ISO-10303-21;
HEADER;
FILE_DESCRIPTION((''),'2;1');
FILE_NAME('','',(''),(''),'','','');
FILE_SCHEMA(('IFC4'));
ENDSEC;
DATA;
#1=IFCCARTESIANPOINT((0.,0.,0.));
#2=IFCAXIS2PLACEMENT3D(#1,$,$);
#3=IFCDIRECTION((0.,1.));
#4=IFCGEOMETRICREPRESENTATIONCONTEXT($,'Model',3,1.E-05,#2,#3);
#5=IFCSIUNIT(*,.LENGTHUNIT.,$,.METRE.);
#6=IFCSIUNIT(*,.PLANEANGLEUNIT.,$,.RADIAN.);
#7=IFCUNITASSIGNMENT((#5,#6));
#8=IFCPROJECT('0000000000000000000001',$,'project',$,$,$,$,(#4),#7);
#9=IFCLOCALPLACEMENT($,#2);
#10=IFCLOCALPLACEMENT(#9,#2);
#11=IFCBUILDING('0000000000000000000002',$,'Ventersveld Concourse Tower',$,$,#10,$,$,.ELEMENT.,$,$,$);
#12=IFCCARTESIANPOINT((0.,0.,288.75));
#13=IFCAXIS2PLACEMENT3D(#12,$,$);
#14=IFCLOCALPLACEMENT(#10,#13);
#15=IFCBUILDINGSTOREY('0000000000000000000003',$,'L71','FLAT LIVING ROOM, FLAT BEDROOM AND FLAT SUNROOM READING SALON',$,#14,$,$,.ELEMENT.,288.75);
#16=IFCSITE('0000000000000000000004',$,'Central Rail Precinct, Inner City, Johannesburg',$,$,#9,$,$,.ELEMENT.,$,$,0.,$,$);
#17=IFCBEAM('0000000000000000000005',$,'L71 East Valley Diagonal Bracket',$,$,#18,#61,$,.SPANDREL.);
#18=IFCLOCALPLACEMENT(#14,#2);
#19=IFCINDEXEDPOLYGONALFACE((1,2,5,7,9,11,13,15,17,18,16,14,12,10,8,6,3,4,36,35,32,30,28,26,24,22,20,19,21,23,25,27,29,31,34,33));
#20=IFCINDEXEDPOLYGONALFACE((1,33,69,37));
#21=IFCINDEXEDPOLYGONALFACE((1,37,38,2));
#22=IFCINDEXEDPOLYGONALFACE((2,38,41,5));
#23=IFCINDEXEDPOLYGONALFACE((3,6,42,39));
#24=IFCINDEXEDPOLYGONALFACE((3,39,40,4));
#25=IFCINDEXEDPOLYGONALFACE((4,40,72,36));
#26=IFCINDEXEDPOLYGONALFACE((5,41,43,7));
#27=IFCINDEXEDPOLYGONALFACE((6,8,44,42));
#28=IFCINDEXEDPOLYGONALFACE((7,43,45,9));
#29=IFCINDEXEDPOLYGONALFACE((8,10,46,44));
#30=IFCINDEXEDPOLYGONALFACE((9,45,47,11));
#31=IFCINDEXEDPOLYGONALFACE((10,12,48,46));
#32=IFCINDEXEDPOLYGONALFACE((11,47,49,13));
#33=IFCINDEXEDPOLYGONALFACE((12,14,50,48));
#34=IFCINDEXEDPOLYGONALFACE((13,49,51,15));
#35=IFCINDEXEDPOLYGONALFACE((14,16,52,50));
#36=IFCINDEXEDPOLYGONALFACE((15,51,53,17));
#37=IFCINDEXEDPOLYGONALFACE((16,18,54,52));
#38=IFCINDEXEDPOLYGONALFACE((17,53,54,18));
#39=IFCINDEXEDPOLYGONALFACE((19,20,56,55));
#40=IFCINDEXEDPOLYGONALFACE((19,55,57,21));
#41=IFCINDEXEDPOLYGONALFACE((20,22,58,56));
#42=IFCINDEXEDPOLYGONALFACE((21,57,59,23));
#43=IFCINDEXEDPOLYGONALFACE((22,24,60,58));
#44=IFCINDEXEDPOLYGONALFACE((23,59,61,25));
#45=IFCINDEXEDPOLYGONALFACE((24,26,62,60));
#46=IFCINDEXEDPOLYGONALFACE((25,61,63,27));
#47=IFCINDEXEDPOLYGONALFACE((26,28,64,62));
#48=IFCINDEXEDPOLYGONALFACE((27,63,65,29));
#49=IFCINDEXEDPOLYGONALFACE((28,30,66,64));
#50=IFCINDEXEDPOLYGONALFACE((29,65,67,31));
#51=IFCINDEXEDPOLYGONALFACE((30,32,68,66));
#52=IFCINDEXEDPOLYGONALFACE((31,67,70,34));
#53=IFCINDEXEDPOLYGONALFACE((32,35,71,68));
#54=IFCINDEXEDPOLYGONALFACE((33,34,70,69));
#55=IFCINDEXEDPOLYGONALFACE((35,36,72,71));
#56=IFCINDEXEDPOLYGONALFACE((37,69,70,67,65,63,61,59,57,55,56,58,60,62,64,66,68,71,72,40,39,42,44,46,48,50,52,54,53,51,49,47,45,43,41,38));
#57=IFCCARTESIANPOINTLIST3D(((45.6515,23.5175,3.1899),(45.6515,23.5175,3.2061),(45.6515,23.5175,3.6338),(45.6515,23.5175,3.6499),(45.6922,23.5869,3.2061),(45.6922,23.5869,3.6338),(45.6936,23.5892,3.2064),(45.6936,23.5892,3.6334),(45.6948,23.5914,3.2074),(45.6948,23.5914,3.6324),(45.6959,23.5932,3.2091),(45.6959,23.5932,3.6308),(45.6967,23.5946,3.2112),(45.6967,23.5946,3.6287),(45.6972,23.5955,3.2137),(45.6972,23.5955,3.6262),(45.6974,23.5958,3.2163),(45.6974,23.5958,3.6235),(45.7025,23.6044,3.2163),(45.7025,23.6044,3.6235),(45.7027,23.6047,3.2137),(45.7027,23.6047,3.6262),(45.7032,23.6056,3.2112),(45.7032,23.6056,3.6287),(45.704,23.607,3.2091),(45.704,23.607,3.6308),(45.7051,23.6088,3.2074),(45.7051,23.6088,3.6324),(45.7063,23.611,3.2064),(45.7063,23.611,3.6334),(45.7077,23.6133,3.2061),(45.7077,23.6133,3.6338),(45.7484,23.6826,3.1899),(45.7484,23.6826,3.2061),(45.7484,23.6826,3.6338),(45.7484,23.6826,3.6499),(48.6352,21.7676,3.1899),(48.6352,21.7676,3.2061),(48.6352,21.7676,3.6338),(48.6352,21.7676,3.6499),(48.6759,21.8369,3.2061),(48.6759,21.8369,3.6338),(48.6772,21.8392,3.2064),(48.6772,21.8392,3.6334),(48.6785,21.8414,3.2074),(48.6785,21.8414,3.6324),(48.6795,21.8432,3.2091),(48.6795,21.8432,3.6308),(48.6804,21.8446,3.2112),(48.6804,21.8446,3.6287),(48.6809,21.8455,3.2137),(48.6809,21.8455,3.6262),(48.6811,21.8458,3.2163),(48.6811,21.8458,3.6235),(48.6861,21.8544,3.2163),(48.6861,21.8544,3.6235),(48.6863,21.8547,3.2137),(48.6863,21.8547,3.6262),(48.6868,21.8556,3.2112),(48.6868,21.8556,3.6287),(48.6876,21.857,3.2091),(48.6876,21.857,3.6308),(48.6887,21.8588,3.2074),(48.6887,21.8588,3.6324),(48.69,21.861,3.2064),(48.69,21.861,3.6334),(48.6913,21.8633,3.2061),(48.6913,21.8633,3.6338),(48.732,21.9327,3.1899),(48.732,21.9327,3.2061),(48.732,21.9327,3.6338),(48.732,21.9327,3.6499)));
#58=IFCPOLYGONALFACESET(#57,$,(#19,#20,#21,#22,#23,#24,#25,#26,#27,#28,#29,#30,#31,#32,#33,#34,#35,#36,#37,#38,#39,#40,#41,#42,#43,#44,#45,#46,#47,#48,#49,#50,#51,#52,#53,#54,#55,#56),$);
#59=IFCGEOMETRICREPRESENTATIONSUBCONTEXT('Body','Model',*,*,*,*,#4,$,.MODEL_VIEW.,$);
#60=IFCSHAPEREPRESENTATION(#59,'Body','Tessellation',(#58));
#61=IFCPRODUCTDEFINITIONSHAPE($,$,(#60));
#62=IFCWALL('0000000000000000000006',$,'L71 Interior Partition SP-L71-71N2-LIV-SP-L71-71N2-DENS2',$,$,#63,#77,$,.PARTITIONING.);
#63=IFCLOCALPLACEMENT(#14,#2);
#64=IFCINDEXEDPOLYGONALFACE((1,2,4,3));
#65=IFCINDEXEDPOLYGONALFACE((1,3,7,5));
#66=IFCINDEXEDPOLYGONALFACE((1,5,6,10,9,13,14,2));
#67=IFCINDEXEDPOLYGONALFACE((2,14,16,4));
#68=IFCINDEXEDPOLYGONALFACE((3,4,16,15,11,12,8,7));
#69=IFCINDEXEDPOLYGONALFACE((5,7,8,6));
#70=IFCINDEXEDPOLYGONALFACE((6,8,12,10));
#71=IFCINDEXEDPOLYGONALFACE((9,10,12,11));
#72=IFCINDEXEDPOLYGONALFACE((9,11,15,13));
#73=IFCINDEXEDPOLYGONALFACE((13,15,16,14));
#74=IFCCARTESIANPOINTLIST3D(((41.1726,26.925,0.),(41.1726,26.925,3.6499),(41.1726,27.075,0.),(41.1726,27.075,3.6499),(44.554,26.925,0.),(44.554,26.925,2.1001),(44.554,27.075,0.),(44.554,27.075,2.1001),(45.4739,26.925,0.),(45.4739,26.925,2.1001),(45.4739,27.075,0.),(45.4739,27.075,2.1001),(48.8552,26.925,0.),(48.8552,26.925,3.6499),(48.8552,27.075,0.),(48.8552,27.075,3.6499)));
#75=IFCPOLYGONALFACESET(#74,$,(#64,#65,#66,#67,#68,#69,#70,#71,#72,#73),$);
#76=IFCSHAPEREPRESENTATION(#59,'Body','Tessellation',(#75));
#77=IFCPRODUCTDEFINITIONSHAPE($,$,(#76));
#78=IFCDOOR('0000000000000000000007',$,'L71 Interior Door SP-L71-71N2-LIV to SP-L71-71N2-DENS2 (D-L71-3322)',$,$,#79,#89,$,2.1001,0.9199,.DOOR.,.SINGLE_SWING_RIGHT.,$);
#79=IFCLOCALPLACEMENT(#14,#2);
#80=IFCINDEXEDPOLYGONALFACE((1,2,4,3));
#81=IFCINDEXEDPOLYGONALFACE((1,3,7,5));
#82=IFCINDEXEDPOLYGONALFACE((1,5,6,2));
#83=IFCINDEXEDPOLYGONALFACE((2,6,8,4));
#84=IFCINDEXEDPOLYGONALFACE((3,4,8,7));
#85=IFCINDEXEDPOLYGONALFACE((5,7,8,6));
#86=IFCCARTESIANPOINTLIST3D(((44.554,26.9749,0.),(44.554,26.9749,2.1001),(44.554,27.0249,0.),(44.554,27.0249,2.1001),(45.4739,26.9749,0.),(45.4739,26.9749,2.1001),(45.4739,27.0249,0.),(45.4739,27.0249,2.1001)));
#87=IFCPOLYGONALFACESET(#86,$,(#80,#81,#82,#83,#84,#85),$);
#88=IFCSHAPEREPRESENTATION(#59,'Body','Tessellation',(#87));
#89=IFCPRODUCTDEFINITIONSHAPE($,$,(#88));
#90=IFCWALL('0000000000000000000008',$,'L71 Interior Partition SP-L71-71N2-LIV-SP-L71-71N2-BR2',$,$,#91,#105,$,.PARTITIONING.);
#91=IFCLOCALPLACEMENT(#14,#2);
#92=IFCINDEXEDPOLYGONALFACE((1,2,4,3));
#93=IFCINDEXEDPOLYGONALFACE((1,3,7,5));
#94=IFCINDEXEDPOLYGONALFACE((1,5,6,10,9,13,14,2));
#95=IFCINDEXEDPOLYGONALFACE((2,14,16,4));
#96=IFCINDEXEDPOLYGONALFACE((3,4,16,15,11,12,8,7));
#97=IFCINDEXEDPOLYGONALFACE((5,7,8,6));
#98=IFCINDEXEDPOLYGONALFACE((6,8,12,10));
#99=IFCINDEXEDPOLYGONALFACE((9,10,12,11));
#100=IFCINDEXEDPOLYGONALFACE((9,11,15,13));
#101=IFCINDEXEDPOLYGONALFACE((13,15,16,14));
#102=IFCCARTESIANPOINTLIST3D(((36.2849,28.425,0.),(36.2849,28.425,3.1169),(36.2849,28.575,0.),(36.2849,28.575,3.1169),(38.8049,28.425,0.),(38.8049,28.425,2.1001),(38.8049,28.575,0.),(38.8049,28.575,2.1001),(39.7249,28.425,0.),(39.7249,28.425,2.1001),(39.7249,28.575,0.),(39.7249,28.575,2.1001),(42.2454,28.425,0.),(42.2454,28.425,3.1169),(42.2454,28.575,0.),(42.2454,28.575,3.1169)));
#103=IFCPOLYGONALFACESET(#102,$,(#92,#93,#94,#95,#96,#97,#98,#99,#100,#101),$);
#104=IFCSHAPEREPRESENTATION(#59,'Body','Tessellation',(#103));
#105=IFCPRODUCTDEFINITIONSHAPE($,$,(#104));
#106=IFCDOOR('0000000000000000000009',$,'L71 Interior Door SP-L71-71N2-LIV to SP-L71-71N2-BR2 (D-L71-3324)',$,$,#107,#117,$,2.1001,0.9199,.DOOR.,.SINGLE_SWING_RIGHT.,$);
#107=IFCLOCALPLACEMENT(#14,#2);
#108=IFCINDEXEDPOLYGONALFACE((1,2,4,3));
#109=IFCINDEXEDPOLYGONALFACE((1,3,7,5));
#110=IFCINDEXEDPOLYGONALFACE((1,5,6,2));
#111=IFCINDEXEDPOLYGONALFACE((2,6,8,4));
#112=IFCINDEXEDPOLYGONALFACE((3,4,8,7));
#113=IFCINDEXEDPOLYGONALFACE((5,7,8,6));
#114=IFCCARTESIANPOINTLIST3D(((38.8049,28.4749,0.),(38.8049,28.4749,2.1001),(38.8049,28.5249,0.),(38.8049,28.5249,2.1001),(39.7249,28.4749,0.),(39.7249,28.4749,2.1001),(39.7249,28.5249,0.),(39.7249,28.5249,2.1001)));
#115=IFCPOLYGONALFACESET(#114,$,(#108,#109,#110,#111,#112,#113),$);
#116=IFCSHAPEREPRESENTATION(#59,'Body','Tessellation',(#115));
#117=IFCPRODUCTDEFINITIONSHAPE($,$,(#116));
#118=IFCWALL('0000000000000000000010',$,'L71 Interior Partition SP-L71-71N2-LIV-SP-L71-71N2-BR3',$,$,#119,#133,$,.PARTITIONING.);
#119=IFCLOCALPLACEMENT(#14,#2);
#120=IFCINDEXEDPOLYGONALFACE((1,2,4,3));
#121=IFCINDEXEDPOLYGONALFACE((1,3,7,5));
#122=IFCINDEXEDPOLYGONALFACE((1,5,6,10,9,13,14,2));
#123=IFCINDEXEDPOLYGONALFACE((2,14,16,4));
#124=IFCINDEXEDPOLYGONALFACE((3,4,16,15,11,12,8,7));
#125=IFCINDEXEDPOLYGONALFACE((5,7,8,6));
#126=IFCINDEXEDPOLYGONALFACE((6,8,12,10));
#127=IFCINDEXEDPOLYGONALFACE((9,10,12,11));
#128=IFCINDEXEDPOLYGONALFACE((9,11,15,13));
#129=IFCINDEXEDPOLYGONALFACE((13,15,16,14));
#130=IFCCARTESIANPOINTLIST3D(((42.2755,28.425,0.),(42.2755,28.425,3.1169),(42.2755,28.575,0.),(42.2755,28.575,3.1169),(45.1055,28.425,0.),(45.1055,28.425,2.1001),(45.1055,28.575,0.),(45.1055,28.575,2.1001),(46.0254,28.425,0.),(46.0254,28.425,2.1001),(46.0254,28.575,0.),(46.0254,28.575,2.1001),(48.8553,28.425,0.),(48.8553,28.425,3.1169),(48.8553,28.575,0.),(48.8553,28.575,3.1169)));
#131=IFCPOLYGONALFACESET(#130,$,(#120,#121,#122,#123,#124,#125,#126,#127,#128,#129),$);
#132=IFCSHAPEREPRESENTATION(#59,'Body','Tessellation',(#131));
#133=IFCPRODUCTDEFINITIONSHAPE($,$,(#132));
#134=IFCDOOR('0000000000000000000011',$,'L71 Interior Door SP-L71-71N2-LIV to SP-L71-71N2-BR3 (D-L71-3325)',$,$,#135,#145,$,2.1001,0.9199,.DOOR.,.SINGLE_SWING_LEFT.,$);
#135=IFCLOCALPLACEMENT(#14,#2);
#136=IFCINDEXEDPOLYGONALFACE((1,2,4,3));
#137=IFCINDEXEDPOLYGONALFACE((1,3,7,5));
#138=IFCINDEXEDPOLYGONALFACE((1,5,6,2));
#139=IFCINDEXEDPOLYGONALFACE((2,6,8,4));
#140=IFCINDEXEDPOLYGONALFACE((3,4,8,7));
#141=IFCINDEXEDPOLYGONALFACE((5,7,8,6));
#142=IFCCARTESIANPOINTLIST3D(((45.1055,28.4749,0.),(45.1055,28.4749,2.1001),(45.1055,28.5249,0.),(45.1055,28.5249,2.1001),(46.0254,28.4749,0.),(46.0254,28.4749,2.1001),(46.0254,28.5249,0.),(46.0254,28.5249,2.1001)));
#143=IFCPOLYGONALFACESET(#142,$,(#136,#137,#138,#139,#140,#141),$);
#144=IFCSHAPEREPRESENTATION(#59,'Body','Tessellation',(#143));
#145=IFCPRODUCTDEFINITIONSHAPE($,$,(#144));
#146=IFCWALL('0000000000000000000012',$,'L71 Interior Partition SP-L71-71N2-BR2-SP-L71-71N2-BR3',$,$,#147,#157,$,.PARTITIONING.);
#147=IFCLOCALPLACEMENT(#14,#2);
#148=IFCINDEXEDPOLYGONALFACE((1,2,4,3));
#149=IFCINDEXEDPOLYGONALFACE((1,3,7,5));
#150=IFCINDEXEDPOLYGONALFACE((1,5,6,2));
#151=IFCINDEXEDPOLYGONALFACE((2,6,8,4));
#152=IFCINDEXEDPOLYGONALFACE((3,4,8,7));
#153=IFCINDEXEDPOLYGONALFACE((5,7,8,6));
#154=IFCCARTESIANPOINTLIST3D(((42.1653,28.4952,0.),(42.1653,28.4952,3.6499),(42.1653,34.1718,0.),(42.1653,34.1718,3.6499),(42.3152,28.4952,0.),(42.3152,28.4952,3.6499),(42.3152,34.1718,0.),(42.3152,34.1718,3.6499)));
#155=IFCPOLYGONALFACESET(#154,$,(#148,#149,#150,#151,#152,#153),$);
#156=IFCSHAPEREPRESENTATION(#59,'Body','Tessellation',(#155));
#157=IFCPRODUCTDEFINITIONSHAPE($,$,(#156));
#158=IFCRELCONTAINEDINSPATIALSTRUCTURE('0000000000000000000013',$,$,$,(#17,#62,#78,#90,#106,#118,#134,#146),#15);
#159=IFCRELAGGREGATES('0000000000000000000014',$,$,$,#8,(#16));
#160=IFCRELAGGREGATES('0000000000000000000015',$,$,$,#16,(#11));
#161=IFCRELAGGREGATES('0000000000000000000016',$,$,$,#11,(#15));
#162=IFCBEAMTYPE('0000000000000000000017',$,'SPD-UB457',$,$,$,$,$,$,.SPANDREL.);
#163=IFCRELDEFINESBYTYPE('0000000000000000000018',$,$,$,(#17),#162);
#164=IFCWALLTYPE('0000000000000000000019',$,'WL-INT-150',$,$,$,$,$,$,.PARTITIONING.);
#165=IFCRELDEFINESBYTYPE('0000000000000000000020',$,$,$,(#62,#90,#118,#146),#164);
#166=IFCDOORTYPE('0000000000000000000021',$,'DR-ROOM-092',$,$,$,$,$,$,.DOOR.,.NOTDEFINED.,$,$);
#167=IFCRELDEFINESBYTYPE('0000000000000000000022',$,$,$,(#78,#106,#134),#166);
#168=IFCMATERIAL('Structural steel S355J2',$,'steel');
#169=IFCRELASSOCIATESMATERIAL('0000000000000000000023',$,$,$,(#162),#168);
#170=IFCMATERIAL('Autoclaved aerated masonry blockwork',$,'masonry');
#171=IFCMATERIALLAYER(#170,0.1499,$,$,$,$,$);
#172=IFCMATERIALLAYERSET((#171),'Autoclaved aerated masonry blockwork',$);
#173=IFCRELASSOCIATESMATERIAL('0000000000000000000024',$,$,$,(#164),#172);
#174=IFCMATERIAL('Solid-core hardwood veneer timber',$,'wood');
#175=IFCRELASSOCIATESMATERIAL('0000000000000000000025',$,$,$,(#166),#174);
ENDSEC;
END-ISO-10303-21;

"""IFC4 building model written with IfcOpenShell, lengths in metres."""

from ifc_helpers import new_model, si_unit, direction, frame, frame_2d, origin, origin_2d, place, context, subcontext, project, spatial, rectangle, i_section, extrude, material, layer, layer_set, material_profile, profile_set, type_object, element, fill, save


model = new_model("IFC4")

# Units and contexts
model_context = context("Model", 3, precision=1e-05, world=origin(), true_north=direction((0.0, 1.0)))
body_context = subcontext(model_context, "Body", "Model", "MODEL_VIEW")
ifc_project = project(units=[si_unit("LENGTHUNIT", "METRE"), si_unit("PLANEANGLEUNIT", "RADIAN")], contexts=[model_context])

# Site, building, storey
site_placement = place(None, origin())
site = spatial("IfcSite", under=ifc_project, at=site_placement, Name="Central Rail Precinct, Inner City, Johannesburg", CompositionType="ELEMENT", RefElevation=0.0)
building_placement = place(site_placement, origin())
building = spatial("IfcBuilding", under=site, at=building_placement, Name="Ventersveld Concourse Tower", CompositionType="ELEMENT")
storey_placement = place(building_placement, frame((0.0, 0.0, 288.75)))
storey = spatial("IfcBuildingStorey", under=building, at=storey_placement, Name="L71", Description="FLAT LIVING ROOM, FLAT BEDROOM AND FLAT SUNROOM READING SALON", CompositionType="ELEMENT", Elevation=288.75)

# Beam
ifc_material_1 = material(Name="Structural steel S355J2", Category="steel")
ifc_material_profile_1 = material_profile(ifc_material_1, i_section(OverallWidth=0.1914, OverallDepth=0.46, WebThickness=0.01, FlangeThickness=0.0161, FilletRadius=0.0103, at=origin_2d()), Name="UB 457x191x82")
ifc_profile_set_1 = profile_set([ifc_material_profile_1], Name="Structural steel S355J2")
beam_type_1 = type_object("IfcBeamType", Name="SPD-UB457", PredefinedType="SPANDREL", material=ifc_profile_set_1)
beam_1_placement = place(storey_placement, frame((45.7, 23.6001, 3.4199), z_axis=(0.862576, -0.505928, 0.0), x_axis=(0.505928, 0.862576, 0.0)))
element("IfcBeam", 1, at=beam_1_placement, inside=storey, type_object=beam_type_1, Name="L71 East Valley Diagonal Bracket", PredefinedType="SPANDREL", context=body_context, shape_type="SweptSolid", body=[
    extrude(i_section(OverallWidth=0.1914, OverallDepth=0.46, WebThickness=0.01, FlangeThickness=0.0161, FilletRadius=0.0103, at=origin_2d()), origin(), (0.0, 0.0, 1.0), 3.459),
])

# Walls, openings, doors
ifc_material_2 = material(Name="Autoclaved aerated masonry blockwork", Category="masonry")
ifc_layer_1 = layer(ifc_material_2, 0.1499)
ifc_layer_set_1 = layer_set([ifc_layer_1], Name="Autoclaved aerated masonry blockwork")
wall_type_1 = type_object("IfcWallType", Name="WL-INT-150", PredefinedType="PARTITIONING", material=ifc_layer_set_1)
wall_1_placement = place(storey_placement, frame((41.1726, 27.0, 0.0), z_axis=(0.0, 0.0, 1.0), x_axis=(1.0, 0.0, 0.0)))
wall_1 = element("IfcWall", 2, at=wall_1_placement, inside=storey, type_object=wall_type_1, Name="L71 Interior Partition SP-L71-71N2-LIV-SP-L71-71N2-DENS2", PredefinedType="PARTITIONING", context=body_context, shape_type="SweptSolid", body=[
    extrude(rectangle(XDim=7.6826, YDim=0.1499, at=frame_2d((3.8413, 0.0))), origin(), (0.0, 0.0, 1.0), 3.6499),
])
opening_1_placement = place(wall_1_placement, frame((3.3813, 0.0, 0.0)))
opening_1 = element("IfcOpeningElement", 3, at=opening_1_placement, cuts=wall_1, PredefinedType="OPENING", context=body_context, shape_type="SweptSolid", body=[
    extrude(rectangle(XDim=0.9199, YDim=2.1001, at=frame_2d((0.46, 1.05))), frame((0.0, 0.085, 0.0), z_axis=(0.0, -1.0, 0.0), x_axis=(1.0, 0.0, 0.0)), (0.0, 0.0, 1.0), 0.1699),
])
ifc_material_3 = material(Name="Solid-core hardwood veneer timber", Category="wood")
door_type = type_object("IfcDoorType", Name="DR-ROOM-092", OperationType="NOTDEFINED", PredefinedType="DOOR", material=ifc_material_3)
door_1_placement = place(opening_1_placement, origin())
door_1 = element("IfcDoor", 4, at=door_1_placement, inside=storey, type_object=door_type, Name="L71 Interior Door SP-L71-71N2-LIV to SP-L71-71N2-DENS2 (D-L71-3322)", OperationType="SINGLE_SWING_RIGHT", OverallHeight=2.1001, OverallWidth=0.9199, PredefinedType="DOOR", context=body_context, shape_type="SweptSolid", body=[
    extrude(rectangle(XDim=0.9199, YDim=2.1001, at=frame_2d((0.46, 1.05))), frame((0.0, 0.0249, 0.0), z_axis=(0.0, -1.0, 0.0), x_axis=(1.0, 0.0, 0.0)), (0.0, 0.0, 1.0), 0.05),
])
fill(opening_1, door_1)
wall_2_placement = place(storey_placement, frame((36.2849, 28.5, 0.0), z_axis=(0.0, 0.0, 1.0), x_axis=(1.0, 0.0, 0.0)))
wall_2 = element("IfcWall", 5, at=wall_2_placement, inside=storey, type_object=wall_type_1, Name="L71 Interior Partition SP-L71-71N2-LIV-SP-L71-71N2-BR2", PredefinedType="PARTITIONING", context=body_context, shape_type="SweptSolid", body=[
    extrude(rectangle(XDim=5.9604, YDim=0.1499, at=frame_2d((2.9802, 0.0))), origin(), (0.0, 0.0, 1.0), 3.1169),
])
opening_2_placement = place(wall_2_placement, frame((2.52, 0.0, 0.0)))
opening_2 = element("IfcOpeningElement", 6, at=opening_2_placement, cuts=wall_2, PredefinedType="OPENING", context=body_context, shape_type="SweptSolid", body=[
    extrude(rectangle(XDim=0.9199, YDim=2.1001, at=frame_2d((0.46, 1.05))), frame((0.0, 0.085, 0.0), z_axis=(0.0, -1.0, 0.0), x_axis=(1.0, 0.0, 0.0)), (0.0, 0.0, 1.0), 0.1699),
])
door_2_placement = place(opening_2_placement, origin())
door_2 = element("IfcDoor", 7, at=door_2_placement, inside=storey, type_object=door_type, Name="L71 Interior Door SP-L71-71N2-LIV to SP-L71-71N2-BR2 (D-L71-3324)", OperationType="SINGLE_SWING_RIGHT", OverallHeight=2.1001, OverallWidth=0.9199, PredefinedType="DOOR", context=body_context, shape_type="SweptSolid", body=[
    extrude(rectangle(XDim=0.9199, YDim=2.1001, at=frame_2d((0.46, 1.05))), frame((0.0, 0.0249, 0.0), z_axis=(0.0, -1.0, 0.0), x_axis=(1.0, 0.0, 0.0)), (0.0, 0.0, 1.0), 0.05),
])
fill(opening_2, door_2)
wall_3_placement = place(storey_placement, frame((42.2754, 28.5, 0.0), z_axis=(0.0, 0.0, 1.0), x_axis=(1.0, 0.0, 0.0)))
wall_3 = element("IfcWall", 8, at=wall_3_placement, inside=storey, type_object=wall_type_1, Name="L71 Interior Partition SP-L71-71N2-LIV-SP-L71-71N2-BR3", PredefinedType="PARTITIONING", context=body_context, shape_type="SweptSolid", body=[
    extrude(rectangle(XDim=6.5798, YDim=0.1499, at=frame_2d((3.29, 0.0))), origin(), (0.0, 0.0, 1.0), 3.1169),
])
opening_3_placement = place(wall_3_placement, frame((2.8301, 0.0, 0.0)))
opening_3 = element("IfcOpeningElement", 9, at=opening_3_placement, cuts=wall_3, PredefinedType="OPENING", context=body_context, shape_type="SweptSolid", body=[
    extrude(rectangle(XDim=0.9199, YDim=2.1001, at=frame_2d((0.46, 1.05))), frame((0.0, 0.085, 0.0), z_axis=(0.0, -1.0, 0.0), x_axis=(1.0, 0.0, 0.0)), (0.0, 0.0, 1.0), 0.1699),
])
door_3_placement = place(opening_3_placement, origin())
door_3 = element("IfcDoor", 10, at=door_3_placement, inside=storey, type_object=door_type, Name="L71 Interior Door SP-L71-71N2-LIV to SP-L71-71N2-BR3 (D-L71-3325)", OperationType="SINGLE_SWING_LEFT", OverallHeight=2.1001, OverallWidth=0.9199, PredefinedType="DOOR", context=body_context, shape_type="SweptSolid", body=[
    extrude(rectangle(XDim=0.9199, YDim=2.1001, at=frame_2d((0.46, 1.05))), frame((0.0, 0.0249, 0.0), z_axis=(0.0, -1.0, 0.0), x_axis=(1.0, 0.0, 0.0)), (0.0, 0.0, 1.0), 0.05),
])
fill(opening_3, door_3)

# Wall
wall_4_placement = place(storey_placement, frame((42.2402, 28.4951, 0.0), z_axis=(0.0, 0.0, 1.0), x_axis=(0.0, 1.0, 0.0)))
element("IfcWall", 11, at=wall_4_placement, inside=storey, type_object=wall_type_1, Name="L71 Interior Partition SP-L71-71N2-BR2-SP-L71-71N2-BR3", PredefinedType="PARTITIONING", context=body_context, shape_type="SweptSolid", body=[
    extrude(rectangle(XDim=5.6765, YDim=0.1499, at=frame_2d((2.8384, 0.0))), origin(), (0.0, 0.0, 1.0), 3.6499),
])

save(model, "model.ifc")
